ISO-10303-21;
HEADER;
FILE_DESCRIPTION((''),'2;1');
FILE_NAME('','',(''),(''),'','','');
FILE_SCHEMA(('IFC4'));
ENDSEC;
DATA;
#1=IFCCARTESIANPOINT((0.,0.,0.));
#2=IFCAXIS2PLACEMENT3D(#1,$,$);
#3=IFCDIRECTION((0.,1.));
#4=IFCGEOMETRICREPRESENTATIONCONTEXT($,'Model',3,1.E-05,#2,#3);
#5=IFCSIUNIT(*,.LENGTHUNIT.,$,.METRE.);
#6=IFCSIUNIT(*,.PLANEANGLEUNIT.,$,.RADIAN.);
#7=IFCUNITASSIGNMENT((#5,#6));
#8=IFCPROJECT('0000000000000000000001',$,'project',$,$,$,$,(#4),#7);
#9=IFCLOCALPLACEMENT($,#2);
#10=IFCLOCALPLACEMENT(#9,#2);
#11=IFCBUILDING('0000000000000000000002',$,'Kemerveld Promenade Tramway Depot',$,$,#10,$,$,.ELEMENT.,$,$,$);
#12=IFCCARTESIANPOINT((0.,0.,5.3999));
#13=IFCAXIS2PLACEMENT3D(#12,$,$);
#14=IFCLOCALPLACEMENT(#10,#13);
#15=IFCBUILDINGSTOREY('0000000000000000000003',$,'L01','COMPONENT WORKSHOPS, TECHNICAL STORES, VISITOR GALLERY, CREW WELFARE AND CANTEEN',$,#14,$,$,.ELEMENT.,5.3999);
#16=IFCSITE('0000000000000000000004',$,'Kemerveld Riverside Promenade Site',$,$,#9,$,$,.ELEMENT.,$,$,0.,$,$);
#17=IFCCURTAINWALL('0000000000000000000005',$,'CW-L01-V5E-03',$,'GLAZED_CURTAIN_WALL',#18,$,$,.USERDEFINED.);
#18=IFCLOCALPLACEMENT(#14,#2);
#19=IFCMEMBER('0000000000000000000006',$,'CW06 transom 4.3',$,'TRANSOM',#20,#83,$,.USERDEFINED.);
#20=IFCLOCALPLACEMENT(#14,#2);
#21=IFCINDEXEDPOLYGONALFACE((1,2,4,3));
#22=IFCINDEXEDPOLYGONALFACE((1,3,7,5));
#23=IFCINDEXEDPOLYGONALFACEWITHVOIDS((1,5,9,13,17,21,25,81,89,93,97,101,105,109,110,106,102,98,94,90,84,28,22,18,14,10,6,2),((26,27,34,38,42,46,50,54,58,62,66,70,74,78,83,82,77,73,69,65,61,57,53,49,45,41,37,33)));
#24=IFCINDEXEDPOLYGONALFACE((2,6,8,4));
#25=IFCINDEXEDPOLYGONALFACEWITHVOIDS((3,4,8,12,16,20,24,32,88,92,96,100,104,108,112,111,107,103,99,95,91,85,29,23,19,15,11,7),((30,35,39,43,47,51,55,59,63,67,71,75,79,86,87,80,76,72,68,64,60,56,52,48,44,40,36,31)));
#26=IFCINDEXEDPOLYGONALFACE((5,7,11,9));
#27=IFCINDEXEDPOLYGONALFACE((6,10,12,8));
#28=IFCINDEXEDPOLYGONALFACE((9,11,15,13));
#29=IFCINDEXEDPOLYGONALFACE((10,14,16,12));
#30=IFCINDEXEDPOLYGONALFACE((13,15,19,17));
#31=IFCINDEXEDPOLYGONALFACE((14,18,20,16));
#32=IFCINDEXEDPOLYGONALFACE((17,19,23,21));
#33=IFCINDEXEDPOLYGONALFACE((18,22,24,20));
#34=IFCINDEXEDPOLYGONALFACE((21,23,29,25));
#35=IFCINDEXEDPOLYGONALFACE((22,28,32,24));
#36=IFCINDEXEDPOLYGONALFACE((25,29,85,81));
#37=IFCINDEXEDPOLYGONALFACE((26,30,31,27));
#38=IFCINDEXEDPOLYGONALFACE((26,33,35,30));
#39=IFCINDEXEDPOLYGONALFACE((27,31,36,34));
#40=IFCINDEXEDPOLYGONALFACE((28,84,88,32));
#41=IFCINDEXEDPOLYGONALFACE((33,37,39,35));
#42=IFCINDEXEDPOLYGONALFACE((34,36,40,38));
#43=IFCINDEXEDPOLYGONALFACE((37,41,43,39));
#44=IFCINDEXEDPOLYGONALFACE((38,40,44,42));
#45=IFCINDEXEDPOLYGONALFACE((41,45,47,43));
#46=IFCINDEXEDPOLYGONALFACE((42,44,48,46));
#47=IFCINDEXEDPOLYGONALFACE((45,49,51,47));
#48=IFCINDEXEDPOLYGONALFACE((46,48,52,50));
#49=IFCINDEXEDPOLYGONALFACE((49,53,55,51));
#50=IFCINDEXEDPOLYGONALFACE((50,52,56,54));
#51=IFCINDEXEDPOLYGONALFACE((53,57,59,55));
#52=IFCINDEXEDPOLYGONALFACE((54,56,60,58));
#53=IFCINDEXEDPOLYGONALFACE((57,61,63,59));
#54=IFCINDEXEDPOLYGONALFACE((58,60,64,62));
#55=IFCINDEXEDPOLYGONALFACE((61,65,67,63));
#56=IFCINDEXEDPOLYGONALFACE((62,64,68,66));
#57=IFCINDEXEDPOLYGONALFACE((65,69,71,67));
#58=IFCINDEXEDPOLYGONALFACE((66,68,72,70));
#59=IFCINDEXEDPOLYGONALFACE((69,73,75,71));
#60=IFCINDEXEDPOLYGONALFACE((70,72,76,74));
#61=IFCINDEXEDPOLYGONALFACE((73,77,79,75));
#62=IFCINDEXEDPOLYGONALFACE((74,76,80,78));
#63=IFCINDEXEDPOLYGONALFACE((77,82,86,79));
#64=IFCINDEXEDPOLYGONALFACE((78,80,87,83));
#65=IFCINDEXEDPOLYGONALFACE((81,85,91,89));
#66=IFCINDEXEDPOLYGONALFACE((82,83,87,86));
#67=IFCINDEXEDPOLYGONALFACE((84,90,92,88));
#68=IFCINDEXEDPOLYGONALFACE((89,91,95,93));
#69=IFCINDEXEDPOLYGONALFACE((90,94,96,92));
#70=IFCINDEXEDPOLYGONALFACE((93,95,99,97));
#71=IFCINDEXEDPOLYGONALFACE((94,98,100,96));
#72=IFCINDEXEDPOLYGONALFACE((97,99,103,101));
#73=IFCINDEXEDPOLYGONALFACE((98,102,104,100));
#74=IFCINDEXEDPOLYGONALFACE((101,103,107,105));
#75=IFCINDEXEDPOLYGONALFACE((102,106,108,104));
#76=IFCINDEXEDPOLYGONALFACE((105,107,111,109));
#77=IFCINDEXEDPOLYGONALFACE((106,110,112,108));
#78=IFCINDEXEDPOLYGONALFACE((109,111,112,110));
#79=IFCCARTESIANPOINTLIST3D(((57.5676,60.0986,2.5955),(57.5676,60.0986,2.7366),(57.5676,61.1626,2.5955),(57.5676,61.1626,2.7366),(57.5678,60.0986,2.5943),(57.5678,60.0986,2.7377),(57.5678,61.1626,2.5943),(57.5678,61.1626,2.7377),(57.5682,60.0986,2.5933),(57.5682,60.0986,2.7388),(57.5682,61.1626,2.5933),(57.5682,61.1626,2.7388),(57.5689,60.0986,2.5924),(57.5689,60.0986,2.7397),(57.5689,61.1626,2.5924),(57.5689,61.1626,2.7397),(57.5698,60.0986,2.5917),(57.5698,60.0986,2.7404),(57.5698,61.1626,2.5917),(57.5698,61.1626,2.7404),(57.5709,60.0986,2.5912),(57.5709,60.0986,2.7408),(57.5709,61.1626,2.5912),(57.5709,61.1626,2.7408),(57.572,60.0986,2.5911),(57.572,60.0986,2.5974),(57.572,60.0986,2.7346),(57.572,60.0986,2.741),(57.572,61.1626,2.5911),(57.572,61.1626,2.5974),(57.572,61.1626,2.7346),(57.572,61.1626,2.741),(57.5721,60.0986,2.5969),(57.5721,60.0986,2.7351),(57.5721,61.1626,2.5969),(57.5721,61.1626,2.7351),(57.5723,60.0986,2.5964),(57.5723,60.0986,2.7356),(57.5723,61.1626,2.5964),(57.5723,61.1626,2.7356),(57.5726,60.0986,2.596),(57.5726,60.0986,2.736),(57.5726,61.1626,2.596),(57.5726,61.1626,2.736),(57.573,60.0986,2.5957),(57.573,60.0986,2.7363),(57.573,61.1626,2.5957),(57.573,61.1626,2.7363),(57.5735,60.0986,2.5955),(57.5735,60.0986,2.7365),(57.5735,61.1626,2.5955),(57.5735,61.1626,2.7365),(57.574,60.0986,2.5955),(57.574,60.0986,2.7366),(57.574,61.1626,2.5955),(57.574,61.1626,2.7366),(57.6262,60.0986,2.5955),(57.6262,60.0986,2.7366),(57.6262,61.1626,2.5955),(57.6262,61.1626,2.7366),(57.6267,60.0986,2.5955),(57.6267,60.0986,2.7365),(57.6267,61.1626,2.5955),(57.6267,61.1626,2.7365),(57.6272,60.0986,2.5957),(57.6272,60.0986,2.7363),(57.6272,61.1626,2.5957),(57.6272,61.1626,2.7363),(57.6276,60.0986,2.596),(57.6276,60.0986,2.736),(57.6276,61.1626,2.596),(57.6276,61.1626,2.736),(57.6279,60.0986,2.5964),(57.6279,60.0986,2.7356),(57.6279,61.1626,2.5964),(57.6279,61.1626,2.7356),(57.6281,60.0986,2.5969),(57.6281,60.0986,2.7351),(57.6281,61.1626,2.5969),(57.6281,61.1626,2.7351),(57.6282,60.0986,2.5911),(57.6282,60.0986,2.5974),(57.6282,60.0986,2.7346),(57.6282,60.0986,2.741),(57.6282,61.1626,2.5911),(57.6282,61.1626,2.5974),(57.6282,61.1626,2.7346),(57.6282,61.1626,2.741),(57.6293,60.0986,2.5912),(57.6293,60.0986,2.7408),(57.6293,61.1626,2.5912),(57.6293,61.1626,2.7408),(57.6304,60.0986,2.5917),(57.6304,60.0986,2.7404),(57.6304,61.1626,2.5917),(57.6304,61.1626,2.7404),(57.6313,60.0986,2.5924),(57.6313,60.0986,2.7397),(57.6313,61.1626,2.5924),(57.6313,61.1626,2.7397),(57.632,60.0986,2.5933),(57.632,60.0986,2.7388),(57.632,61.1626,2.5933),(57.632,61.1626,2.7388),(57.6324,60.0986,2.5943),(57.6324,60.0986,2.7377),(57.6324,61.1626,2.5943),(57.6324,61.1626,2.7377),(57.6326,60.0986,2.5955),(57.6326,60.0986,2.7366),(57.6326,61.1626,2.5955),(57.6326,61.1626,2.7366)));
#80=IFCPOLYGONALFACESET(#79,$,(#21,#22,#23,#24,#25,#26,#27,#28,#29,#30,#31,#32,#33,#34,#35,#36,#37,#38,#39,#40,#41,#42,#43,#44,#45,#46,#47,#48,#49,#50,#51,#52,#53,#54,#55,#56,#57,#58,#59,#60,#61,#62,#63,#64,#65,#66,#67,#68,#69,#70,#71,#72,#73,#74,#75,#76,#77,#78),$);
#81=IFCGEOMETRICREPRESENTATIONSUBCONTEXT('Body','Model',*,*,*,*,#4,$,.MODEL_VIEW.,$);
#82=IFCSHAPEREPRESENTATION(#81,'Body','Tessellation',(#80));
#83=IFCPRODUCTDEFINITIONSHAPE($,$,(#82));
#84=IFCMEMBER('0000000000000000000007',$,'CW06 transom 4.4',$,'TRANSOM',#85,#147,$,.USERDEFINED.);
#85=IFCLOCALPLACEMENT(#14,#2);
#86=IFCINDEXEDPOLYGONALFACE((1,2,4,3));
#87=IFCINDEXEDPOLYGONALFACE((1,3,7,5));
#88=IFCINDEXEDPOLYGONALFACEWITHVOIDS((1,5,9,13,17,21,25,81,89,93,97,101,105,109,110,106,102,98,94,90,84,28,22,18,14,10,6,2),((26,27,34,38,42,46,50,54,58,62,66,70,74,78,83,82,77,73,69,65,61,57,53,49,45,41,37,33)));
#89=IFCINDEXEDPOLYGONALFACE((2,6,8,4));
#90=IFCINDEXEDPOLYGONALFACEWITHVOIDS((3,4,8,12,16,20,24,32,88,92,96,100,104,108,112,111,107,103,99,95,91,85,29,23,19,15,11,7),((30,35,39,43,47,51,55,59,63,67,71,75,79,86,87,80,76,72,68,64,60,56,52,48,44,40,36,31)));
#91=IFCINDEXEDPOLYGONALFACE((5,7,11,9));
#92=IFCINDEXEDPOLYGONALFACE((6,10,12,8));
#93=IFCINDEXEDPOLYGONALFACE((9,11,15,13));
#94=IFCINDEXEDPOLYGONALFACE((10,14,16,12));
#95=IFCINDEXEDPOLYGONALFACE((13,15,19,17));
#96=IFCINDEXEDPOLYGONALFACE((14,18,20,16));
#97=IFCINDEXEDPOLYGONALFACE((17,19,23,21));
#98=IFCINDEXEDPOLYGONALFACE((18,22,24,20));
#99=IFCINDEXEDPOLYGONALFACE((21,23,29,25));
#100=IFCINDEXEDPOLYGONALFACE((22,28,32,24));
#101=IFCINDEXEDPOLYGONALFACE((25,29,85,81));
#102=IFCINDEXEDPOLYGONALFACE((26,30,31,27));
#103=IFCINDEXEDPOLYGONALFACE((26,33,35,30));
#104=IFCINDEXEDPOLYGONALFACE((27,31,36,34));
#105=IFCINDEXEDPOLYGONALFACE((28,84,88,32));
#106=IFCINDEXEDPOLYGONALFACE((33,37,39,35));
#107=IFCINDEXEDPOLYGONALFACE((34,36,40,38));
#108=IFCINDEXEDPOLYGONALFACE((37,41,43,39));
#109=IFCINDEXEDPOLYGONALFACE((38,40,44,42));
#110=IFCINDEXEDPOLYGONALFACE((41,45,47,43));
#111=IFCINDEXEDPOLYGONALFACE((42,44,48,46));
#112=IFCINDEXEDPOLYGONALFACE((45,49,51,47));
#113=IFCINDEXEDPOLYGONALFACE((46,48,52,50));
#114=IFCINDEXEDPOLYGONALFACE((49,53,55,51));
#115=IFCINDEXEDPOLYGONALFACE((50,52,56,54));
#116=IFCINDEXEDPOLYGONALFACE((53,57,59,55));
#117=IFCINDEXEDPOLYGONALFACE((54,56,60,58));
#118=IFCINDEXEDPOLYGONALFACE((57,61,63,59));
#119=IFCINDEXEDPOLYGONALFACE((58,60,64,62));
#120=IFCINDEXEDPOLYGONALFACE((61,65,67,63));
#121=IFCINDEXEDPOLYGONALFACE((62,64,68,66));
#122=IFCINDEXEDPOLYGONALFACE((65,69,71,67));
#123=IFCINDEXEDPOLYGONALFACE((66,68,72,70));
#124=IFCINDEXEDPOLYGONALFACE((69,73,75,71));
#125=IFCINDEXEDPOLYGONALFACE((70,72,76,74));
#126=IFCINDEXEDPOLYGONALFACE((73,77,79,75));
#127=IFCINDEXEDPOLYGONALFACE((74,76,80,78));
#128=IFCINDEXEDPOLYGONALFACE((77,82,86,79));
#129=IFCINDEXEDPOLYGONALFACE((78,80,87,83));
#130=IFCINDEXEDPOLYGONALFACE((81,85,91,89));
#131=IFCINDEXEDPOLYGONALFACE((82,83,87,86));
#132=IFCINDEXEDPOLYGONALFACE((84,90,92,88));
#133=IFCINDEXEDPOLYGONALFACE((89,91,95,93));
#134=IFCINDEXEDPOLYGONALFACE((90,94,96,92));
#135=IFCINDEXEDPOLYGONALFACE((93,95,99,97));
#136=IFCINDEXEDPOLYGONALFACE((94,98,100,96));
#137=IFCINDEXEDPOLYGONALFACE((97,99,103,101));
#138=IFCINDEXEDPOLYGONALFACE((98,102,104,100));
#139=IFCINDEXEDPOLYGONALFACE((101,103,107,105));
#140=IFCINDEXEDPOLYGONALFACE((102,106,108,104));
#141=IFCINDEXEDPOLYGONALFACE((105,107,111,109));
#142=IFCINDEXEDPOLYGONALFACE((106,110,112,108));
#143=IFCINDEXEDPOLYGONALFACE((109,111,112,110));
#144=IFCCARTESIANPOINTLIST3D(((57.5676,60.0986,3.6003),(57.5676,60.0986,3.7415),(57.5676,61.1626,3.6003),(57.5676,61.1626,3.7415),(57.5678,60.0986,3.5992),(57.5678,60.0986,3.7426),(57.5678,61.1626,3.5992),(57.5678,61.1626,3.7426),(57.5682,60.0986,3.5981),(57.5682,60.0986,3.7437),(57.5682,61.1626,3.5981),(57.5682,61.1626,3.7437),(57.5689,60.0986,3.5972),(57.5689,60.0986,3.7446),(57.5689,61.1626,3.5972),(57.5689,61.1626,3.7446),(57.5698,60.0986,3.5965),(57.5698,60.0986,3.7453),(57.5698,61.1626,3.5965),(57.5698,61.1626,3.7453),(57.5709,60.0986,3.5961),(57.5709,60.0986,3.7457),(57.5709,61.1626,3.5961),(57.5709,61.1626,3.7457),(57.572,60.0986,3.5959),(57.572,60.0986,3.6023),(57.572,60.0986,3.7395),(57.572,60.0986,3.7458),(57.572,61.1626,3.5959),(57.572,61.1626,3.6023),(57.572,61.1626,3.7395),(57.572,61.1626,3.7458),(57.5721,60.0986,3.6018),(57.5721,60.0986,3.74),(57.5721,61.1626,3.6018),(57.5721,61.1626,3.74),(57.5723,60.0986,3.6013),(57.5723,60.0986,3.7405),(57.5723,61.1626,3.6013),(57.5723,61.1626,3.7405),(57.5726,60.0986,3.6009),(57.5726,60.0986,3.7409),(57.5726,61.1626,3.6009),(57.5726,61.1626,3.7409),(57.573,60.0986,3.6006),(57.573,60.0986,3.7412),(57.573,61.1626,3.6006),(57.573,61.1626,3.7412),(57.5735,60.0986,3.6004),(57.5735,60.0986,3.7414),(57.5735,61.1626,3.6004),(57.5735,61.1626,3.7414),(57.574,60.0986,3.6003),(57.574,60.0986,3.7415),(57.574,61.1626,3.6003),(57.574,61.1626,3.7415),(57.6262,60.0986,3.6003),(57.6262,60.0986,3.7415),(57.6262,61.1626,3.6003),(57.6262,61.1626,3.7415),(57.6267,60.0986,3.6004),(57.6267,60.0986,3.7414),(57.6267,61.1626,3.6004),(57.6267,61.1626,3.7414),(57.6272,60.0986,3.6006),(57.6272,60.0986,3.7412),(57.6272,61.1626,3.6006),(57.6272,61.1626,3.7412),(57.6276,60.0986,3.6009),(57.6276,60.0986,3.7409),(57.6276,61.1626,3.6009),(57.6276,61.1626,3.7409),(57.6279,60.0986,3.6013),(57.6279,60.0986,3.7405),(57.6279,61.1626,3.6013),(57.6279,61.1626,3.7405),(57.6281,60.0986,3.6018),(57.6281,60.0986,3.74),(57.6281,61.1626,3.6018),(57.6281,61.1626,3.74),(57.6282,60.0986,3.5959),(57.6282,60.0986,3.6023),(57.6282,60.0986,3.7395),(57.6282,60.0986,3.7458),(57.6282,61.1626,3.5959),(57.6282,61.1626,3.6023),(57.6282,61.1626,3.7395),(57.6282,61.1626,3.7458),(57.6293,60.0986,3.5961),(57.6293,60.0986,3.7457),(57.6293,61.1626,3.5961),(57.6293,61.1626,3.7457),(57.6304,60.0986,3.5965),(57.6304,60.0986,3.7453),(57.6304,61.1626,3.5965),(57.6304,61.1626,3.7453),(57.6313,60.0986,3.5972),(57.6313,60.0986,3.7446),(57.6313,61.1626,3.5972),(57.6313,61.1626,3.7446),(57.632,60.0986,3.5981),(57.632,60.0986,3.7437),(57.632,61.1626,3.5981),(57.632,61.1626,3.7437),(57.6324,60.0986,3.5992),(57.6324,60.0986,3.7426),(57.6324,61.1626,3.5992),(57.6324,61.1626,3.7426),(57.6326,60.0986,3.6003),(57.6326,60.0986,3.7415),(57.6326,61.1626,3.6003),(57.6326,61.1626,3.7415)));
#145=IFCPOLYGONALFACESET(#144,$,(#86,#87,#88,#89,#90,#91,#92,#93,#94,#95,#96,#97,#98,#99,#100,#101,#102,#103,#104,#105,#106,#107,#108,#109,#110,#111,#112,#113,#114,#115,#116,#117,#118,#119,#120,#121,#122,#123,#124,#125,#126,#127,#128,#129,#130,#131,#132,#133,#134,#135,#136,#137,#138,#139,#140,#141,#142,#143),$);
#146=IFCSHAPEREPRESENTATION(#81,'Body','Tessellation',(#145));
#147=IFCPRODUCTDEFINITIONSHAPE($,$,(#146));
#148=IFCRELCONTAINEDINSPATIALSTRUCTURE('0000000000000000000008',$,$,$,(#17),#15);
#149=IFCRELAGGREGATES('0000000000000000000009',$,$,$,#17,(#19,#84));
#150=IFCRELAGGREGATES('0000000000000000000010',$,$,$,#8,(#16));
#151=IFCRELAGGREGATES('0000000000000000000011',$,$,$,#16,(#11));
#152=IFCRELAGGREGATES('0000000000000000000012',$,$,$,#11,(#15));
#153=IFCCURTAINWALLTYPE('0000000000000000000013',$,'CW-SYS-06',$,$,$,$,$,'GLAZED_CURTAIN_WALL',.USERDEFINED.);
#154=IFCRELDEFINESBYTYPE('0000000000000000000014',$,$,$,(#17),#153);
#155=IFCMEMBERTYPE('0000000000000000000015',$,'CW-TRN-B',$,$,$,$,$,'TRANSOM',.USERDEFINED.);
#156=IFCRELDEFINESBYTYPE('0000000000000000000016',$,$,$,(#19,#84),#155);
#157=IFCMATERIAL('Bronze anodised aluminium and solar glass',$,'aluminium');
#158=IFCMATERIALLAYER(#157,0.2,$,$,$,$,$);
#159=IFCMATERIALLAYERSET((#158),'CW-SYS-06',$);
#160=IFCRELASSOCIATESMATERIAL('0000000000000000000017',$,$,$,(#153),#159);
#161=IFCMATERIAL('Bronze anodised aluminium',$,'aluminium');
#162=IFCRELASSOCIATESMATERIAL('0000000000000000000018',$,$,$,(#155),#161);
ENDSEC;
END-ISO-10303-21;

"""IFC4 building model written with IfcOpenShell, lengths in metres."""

from ifc_helpers import new_model, si_unit, direction, frame, origin, origin_2d, place, context, subcontext, project, spatial, hollow_rectangle, extrude, material, layer, layer_set, material_profile, profile_set, type_object, element, aggregate, save


model = new_model("IFC4")

# Units and contexts
model_context = context("Model", 3, precision=1e-05, world=origin(), true_north=direction((0.0, 1.0)))
body_context = subcontext(model_context, "Body", "Model", "MODEL_VIEW")
ifc_project = project(units=[si_unit("LENGTHUNIT", "METRE"), si_unit("PLANEANGLEUNIT", "RADIAN")], contexts=[model_context])

# Site, building, storey
site_placement = place(None, origin())
site = spatial("IfcSite", under=ifc_project, at=site_placement, Name="Kemerveld Riverside Promenade Site", CompositionType="ELEMENT", RefElevation=0.0)
building_placement = place(site_placement, origin())
building = spatial("IfcBuilding", under=site, at=building_placement, Name="Kemerveld Promenade Tramway Depot", CompositionType="ELEMENT")
storey_placement = place(building_placement, frame((0.0, 0.0, 5.3999)))
storey = spatial("IfcBuildingStorey", under=building, at=storey_placement, Name="L01", Description="COMPONENT WORKSHOPS, TECHNICAL STORES, VISITOR GALLERY, CREW WELFARE AND CANTEEN", CompositionType="ELEMENT", Elevation=5.3999)

# Curtain wall, members
ifc_material_1 = material(Name="Bronze anodised aluminium and solar glass", Category="aluminium")
ifc_layer_1 = layer(ifc_material_1, 0.2)
ifc_layer_set_1 = layer_set([ifc_layer_1], Name="CW-SYS-06")
curtain_wall_type = type_object("IfcCurtainWallType", Name="CW-SYS-06", ElementType="GLAZED_CURTAIN_WALL", PredefinedType="USERDEFINED", material=ifc_layer_set_1)
curtain_wall_placement = place(storey_placement, origin())
curtain_wall = element("IfcCurtainWall", 1, at=curtain_wall_placement, inside=storey, type_object=curtain_wall_type, Name="CW-L01-V5E-03", ObjectType="GLAZED_CURTAIN_WALL", PredefinedType="USERDEFINED")
ifc_material_2 = material(Name="Bronze anodised aluminium", Category="aluminium")
ifc_material_profile_1 = material_profile(ifc_material_2, hollow_rectangle(XDim=0.0649, YDim=0.1499, WallThickness=0.0044, InnerFilletRadius=0.002, OuterFilletRadius=0.0044, at=origin_2d()), Name="CW-TRN-150x65")
ifc_profile_set_1 = profile_set([ifc_material_profile_1], Name="Bronze anodised aluminium")
member_type_1 = type_object("IfcMemberType", Name="CW-TRN-B", ElementType="TRANSOM", PredefinedType="USERDEFINED", material=ifc_profile_set_1)
member_1_placement = place(storey_placement, frame((57.6001, 61.1626, 2.666), z_axis=(0.0, -1.0, 0.0), x_axis=(1.0, 0.0, 0.0)))
member_1 = element("IfcMember", 2, at=member_1_placement, type_object=member_type_1, Name="CW06 transom 4.3", ObjectType="TRANSOM", PredefinedType="USERDEFINED", context=body_context, shape_type="SweptSolid", body=[
    extrude(hollow_rectangle(XDim=0.0649, YDim=0.1499, WallThickness=0.0044, InnerFilletRadius=0.002, OuterFilletRadius=0.0044, at=origin_2d()), origin(), (0.0, 0.0, 1.0), 1.064),
])
member_2_placement = place(storey_placement, frame((57.6001, 61.1626, 3.6709), z_axis=(0.0, -1.0, 0.0), x_axis=(1.0, 0.0, 0.0)))
member_2 = element("IfcMember", 3, at=member_2_placement, type_object=member_type_1, Name="CW06 transom 4.4", ObjectType="TRANSOM", PredefinedType="USERDEFINED", context=body_context, shape_type="SweptSolid", body=[
    extrude(hollow_rectangle(XDim=0.0649, YDim=0.1499, WallThickness=0.0044, InnerFilletRadius=0.002, OuterFilletRadius=0.0044, at=origin_2d()), origin(), (0.0, 0.0, 1.0), 1.064),
])
aggregate(curtain_wall, [member_1, member_2])

save(model, "model.ifc")
